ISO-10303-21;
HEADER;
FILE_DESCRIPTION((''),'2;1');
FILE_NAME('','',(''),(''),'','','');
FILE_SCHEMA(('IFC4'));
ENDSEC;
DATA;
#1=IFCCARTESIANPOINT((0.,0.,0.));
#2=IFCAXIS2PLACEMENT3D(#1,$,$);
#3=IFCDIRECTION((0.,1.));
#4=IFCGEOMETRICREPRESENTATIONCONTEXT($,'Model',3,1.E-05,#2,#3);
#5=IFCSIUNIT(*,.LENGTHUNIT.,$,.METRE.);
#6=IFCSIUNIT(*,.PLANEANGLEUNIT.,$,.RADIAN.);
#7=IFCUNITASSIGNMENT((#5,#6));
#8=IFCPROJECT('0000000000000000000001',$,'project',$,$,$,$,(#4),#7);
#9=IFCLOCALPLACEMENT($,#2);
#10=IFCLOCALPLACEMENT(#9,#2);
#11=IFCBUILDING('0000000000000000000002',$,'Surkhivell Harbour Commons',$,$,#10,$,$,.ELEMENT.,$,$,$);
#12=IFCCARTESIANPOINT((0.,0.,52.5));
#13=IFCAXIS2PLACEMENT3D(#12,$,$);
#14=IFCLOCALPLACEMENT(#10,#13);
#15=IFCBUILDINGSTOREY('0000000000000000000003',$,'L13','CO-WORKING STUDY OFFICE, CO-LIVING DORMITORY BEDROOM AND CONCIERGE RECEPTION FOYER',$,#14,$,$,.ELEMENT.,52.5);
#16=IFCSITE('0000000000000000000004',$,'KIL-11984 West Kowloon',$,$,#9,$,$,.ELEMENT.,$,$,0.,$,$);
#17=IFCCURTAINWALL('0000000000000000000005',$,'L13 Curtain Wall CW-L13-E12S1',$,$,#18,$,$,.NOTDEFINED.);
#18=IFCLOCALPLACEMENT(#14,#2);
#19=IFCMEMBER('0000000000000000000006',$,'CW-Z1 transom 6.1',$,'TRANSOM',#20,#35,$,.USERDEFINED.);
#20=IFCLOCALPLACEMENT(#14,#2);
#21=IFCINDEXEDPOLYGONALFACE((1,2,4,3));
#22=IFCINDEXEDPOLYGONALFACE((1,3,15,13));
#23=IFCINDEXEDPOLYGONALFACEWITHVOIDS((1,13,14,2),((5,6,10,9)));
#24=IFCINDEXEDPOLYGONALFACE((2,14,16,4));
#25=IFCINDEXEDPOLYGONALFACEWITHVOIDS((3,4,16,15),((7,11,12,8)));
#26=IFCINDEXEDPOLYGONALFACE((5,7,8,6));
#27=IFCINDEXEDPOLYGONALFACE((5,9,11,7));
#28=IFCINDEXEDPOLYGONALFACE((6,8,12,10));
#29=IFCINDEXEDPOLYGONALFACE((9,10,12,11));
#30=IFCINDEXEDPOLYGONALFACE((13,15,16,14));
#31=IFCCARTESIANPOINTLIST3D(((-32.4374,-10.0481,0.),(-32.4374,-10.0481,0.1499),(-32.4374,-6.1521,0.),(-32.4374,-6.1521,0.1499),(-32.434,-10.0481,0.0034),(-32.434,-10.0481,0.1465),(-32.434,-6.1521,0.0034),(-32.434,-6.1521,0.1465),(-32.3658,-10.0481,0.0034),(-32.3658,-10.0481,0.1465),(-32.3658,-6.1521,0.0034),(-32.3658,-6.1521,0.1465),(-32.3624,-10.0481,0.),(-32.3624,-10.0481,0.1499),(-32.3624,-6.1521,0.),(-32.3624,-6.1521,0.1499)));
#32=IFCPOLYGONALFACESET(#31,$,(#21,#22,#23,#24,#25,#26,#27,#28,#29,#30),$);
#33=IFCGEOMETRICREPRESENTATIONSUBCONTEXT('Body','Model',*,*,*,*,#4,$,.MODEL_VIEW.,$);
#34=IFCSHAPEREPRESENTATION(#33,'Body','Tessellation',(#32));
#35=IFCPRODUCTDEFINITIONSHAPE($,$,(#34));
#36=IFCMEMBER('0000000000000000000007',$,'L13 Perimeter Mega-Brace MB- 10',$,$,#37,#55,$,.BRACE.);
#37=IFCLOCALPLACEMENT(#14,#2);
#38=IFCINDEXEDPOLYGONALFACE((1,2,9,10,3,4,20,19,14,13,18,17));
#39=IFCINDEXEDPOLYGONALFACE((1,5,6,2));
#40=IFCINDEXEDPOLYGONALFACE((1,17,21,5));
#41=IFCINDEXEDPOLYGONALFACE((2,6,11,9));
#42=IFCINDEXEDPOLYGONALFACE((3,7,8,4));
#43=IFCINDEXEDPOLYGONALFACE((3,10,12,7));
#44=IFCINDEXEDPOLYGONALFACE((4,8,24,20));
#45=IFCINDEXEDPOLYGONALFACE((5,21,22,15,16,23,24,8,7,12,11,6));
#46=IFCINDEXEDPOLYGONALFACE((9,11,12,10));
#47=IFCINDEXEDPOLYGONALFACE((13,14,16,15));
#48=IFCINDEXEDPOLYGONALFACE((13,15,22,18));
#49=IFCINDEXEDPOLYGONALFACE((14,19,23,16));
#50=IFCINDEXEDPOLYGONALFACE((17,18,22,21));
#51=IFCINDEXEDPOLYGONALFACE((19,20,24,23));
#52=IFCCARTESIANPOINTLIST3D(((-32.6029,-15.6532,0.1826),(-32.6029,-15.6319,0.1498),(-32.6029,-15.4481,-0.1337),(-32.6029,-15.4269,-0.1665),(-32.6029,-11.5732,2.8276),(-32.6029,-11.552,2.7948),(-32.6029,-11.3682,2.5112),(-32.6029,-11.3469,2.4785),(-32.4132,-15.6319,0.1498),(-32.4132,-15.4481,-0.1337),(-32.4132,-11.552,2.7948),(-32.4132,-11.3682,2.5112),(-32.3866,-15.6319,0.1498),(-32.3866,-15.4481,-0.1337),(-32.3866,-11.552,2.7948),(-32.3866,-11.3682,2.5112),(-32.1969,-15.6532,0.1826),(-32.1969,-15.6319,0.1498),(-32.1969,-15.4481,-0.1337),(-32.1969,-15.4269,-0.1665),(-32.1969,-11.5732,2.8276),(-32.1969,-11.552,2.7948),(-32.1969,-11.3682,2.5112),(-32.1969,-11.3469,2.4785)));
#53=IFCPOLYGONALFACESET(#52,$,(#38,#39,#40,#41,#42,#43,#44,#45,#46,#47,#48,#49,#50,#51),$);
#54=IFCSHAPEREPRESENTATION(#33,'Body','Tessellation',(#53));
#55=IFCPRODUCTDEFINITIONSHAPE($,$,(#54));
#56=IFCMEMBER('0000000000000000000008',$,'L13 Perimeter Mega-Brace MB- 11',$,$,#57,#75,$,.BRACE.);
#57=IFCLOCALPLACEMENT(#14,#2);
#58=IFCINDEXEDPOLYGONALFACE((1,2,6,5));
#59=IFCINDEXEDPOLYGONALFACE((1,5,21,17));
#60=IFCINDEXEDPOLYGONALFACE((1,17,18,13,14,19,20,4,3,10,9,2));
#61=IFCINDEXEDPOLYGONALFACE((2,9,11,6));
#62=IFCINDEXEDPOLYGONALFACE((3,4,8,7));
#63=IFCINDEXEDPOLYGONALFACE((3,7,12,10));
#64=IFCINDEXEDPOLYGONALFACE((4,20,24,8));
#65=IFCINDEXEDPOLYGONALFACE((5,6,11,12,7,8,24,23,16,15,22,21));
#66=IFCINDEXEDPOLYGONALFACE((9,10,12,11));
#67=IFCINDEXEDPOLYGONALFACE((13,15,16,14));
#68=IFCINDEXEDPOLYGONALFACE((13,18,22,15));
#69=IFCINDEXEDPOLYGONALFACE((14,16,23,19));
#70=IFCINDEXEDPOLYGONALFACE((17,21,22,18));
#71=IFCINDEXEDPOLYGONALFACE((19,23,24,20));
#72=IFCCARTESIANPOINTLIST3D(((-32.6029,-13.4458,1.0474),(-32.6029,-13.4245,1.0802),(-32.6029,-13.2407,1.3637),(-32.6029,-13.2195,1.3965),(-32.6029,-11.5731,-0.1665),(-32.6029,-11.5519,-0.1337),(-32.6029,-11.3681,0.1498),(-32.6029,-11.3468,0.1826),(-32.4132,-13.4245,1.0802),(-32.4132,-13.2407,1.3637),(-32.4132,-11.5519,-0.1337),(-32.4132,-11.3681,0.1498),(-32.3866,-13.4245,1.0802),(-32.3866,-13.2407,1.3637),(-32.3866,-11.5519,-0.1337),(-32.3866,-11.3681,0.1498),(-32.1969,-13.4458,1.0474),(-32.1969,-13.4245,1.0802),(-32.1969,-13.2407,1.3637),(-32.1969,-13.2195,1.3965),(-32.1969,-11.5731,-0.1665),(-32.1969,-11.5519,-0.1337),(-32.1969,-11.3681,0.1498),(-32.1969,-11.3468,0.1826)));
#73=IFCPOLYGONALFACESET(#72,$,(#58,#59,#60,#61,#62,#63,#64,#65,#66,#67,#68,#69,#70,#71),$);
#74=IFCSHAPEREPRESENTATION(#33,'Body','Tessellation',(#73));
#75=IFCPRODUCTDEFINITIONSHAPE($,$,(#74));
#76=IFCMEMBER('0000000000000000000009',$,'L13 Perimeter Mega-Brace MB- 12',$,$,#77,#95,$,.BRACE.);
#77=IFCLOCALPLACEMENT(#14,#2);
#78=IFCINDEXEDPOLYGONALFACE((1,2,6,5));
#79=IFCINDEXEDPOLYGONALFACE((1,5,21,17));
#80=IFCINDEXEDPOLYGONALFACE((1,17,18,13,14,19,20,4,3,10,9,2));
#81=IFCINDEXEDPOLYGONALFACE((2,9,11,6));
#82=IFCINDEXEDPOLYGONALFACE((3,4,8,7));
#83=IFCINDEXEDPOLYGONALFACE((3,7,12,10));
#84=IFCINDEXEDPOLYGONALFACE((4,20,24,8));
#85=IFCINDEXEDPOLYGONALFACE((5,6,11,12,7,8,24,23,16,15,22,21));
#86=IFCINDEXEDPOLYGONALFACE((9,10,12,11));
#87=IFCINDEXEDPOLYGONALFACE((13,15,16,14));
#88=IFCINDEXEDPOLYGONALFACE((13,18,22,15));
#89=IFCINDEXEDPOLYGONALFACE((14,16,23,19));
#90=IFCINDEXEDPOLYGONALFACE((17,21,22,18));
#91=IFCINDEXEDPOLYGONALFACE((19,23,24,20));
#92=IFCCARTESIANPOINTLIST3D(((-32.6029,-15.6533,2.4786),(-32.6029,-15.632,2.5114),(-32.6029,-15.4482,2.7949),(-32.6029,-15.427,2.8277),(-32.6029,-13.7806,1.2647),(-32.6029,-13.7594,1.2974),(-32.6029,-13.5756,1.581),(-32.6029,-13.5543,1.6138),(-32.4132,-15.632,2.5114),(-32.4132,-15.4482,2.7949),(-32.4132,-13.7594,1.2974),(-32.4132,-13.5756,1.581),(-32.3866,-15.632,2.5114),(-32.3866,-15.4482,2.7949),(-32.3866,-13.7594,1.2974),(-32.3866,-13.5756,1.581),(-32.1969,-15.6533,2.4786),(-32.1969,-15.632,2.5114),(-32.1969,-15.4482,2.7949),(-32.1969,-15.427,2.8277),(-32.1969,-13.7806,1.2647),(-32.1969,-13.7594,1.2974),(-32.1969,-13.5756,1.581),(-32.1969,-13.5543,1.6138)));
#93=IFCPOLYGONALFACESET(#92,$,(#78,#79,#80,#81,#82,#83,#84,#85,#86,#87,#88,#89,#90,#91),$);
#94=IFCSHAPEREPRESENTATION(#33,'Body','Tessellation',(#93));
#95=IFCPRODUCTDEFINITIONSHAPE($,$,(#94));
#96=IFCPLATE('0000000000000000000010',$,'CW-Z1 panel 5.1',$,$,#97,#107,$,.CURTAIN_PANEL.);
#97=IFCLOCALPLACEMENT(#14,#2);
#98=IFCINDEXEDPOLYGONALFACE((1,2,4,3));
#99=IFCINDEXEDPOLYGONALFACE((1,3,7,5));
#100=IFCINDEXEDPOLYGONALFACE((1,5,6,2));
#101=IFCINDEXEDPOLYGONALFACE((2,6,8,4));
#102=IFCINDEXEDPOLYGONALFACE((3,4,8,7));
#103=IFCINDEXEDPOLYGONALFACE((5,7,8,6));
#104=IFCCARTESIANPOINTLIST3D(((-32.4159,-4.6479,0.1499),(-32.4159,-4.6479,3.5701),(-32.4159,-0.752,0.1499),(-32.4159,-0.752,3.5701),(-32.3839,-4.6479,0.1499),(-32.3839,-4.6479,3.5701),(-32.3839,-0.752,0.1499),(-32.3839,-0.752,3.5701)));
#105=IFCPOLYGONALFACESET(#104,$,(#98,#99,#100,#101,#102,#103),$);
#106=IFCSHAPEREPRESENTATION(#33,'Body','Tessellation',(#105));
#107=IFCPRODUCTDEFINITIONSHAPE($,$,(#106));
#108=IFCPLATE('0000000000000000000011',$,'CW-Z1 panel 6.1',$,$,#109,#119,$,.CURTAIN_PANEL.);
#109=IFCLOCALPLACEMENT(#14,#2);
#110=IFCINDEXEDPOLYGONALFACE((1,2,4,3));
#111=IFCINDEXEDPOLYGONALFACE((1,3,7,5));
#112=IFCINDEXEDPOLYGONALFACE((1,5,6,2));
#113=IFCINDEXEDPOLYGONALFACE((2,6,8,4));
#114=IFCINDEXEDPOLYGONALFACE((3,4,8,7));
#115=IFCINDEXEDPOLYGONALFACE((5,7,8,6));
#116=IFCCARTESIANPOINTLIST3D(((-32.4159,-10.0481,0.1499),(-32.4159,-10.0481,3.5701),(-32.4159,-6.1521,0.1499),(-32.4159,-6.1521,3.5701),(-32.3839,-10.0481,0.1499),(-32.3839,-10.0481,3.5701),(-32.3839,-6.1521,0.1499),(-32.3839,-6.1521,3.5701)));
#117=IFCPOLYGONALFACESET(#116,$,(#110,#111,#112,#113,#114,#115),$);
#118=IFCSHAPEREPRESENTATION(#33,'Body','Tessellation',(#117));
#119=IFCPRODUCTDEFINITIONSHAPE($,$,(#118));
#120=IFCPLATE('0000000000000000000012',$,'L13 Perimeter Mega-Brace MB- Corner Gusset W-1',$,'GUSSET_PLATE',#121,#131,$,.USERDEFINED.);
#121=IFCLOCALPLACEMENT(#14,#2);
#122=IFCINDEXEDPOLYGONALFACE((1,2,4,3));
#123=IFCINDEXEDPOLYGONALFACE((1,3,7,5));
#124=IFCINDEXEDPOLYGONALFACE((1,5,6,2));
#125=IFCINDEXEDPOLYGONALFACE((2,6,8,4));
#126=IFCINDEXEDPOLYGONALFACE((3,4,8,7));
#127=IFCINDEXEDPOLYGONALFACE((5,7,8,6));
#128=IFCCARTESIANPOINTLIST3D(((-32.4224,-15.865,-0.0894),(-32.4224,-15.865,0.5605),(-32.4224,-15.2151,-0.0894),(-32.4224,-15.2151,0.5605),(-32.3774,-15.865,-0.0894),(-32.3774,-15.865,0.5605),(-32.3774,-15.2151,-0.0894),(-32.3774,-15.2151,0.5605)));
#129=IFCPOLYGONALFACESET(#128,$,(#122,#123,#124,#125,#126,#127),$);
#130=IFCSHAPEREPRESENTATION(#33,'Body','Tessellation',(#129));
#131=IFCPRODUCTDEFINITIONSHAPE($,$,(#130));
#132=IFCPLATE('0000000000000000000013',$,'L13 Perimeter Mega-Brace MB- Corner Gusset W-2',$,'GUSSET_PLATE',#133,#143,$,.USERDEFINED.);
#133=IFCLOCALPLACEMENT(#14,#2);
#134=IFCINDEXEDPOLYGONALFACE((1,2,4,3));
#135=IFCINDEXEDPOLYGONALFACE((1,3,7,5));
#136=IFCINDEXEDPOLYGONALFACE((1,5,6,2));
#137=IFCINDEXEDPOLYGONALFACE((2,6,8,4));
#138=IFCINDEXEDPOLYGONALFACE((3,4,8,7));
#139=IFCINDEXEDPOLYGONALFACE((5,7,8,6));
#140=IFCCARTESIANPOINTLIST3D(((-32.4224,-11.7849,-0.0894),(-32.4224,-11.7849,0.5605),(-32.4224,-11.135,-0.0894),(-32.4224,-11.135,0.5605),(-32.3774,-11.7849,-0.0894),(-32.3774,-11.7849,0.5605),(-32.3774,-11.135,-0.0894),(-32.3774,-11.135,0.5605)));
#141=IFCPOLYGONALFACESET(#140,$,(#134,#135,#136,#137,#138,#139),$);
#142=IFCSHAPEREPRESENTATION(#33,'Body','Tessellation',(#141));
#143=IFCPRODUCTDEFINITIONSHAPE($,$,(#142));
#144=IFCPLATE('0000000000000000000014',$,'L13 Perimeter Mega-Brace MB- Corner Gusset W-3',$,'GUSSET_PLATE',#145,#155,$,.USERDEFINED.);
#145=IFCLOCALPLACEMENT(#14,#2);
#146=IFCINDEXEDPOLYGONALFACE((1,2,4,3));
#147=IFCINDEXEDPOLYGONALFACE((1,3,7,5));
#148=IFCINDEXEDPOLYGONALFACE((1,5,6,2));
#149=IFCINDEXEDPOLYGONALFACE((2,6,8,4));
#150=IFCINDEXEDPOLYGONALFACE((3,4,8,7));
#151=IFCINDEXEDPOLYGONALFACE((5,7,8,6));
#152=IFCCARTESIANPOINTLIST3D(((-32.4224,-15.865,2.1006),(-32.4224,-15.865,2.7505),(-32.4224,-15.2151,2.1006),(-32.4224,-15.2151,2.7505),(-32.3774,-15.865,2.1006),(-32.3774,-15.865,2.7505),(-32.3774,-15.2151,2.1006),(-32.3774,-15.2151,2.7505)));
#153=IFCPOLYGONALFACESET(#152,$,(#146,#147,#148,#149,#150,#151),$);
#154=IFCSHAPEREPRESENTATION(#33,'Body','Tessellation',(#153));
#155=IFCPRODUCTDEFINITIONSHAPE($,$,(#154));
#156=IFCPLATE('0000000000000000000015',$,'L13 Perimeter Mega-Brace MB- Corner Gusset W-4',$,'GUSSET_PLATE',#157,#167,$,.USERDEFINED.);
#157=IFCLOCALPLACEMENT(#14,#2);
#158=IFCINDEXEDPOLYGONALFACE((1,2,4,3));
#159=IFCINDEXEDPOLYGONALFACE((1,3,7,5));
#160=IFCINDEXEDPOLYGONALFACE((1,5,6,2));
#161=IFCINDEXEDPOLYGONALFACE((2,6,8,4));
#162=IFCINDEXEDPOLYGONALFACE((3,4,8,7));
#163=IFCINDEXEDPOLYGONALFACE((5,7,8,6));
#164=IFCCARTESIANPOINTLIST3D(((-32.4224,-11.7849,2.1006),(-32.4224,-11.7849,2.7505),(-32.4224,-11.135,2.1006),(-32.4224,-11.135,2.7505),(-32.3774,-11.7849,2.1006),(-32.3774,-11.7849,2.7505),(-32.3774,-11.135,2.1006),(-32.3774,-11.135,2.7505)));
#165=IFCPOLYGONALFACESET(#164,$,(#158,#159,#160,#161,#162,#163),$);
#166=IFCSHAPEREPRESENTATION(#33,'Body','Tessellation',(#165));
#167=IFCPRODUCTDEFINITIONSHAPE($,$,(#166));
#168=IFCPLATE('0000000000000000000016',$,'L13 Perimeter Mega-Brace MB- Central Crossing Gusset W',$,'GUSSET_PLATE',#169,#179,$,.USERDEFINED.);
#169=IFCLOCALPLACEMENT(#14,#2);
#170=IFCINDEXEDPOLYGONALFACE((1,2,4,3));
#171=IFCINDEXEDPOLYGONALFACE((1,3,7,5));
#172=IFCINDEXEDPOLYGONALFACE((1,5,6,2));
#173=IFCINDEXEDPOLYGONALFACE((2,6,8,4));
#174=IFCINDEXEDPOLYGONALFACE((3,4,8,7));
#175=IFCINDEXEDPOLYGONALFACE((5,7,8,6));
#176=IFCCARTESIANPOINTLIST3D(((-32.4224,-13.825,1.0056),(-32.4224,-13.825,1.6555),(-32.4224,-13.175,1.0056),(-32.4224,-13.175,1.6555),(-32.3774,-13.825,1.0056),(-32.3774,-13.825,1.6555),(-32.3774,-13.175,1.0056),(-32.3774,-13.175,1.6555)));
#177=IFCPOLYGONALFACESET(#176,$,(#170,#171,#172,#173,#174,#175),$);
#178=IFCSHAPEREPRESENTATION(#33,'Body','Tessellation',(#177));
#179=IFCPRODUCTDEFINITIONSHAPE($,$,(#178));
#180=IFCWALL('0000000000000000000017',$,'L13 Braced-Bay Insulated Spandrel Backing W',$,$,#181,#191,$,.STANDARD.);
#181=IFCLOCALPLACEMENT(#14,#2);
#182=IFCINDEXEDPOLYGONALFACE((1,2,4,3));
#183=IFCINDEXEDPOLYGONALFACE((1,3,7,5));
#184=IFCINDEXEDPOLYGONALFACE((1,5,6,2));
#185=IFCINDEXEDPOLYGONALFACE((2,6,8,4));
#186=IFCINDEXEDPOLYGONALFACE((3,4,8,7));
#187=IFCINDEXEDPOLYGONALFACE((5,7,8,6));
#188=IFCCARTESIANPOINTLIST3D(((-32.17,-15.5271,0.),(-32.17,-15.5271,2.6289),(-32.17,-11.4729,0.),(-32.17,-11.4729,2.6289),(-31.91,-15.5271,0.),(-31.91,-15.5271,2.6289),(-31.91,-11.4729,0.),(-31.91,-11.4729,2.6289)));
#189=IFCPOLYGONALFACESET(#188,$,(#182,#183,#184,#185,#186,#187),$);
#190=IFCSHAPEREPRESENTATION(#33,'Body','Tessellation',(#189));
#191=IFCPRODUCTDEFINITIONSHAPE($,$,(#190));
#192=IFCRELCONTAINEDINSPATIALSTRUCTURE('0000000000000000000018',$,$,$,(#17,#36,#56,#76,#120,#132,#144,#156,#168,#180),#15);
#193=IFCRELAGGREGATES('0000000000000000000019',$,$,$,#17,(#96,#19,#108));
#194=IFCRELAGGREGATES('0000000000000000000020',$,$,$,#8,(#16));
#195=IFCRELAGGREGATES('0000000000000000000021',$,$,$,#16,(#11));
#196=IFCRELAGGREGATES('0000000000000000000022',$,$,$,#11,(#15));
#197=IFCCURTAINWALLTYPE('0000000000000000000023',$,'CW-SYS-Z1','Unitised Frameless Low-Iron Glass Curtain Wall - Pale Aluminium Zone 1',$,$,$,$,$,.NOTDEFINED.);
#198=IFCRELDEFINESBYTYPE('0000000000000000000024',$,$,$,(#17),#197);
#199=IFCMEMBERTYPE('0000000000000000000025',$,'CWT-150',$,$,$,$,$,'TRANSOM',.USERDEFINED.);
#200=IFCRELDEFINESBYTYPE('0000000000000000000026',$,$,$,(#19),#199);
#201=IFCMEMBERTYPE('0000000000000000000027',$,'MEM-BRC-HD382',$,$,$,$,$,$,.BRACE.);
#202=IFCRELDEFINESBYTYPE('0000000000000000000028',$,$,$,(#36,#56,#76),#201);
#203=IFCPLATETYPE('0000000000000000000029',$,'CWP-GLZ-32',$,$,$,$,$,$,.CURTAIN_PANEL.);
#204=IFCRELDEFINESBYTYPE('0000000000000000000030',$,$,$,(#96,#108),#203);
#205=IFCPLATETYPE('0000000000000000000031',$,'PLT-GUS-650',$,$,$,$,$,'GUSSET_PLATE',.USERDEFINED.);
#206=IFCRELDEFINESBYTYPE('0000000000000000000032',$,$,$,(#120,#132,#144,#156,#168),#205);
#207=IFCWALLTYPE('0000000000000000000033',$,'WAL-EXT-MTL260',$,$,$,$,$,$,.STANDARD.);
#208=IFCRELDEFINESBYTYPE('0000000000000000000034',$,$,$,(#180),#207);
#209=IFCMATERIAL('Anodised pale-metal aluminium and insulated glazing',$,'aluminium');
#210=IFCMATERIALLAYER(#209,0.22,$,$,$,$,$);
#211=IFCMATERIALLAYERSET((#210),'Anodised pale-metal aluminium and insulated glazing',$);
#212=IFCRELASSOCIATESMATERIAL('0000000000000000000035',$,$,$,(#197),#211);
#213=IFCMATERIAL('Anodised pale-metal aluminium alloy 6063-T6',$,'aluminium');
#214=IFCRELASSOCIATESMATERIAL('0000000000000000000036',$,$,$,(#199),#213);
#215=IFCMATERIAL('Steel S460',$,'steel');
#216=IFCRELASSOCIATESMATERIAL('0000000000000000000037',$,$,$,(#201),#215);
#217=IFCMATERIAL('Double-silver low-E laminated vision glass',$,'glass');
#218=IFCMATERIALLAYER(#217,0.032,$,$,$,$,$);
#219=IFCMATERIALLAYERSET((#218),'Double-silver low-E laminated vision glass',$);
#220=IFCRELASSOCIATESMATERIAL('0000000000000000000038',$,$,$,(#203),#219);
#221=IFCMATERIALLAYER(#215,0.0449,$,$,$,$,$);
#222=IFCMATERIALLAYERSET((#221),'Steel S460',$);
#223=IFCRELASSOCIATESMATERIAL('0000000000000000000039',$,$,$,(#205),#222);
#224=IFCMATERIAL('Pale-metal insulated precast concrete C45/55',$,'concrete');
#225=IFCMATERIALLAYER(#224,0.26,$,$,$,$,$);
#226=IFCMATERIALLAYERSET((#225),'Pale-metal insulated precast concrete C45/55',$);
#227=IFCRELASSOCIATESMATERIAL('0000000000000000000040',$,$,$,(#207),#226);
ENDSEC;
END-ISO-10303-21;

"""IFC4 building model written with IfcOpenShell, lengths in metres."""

from ifc_helpers import new_model, si_unit, direction, frame, frame_2d, origin, origin_2d, place, context, subcontext, project, spatial, rectangle, hollow_rectangle, i_section, extrude, material, layer, layer_set, material_profile, profile_set, type_object, element, aggregate, save


model = new_model("IFC4")

# Units and contexts
model_context = context("Model", 3, precision=1e-05, world=origin(), true_north=direction((0.0, 1.0)))
body_context = subcontext(model_context, "Body", "Model", "MODEL_VIEW")
ifc_project = project(units=[si_unit("LENGTHUNIT", "METRE"), si_unit("PLANEANGLEUNIT", "RADIAN")], contexts=[model_context])

# Site, building, storey
site_placement = place(None, origin())
site = spatial("IfcSite", under=ifc_project, at=site_placement, Name="KIL-11984 West Kowloon", CompositionType="ELEMENT", RefElevation=0.0)
building_placement = place(site_placement, origin())
building = spatial("IfcBuilding", under=site, at=building_placement, Name="Surkhivell Harbour Commons", CompositionType="ELEMENT")
storey_placement = place(building_placement, frame((0.0, 0.0, 52.5)))
storey = spatial("IfcBuildingStorey", under=building, at=storey_placement, Name="L13", Description="CO-WORKING STUDY OFFICE, CO-LIVING DORMITORY BEDROOM AND CONCIERGE RECEPTION FOYER", CompositionType="ELEMENT", Elevation=52.5)

# Shared definitions
ifc_material_1 = material(Name="Steel S460", Category="steel")

# Curtain wall, member
ifc_material_2 = material(Name="Anodised pale-metal aluminium and insulated glazing", Category="aluminium")
ifc_layer_1 = layer(ifc_material_2, 0.22)
ifc_layer_set_1 = layer_set([ifc_layer_1], Name="Anodised pale-metal aluminium and insulated glazing")
curtain_wall_type = type_object("IfcCurtainWallType", Name="CW-SYS-Z1", Description="Unitised Frameless Low-Iron Glass Curtain Wall - Pale Aluminium Zone 1", PredefinedType="NOTDEFINED", material=ifc_layer_set_1)
curtain_wall_placement = place(storey_placement, origin())
curtain_wall = element("IfcCurtainWall", 1, at=curtain_wall_placement, inside=storey, type_object=curtain_wall_type, Name="L13 Curtain Wall CW-L13-E12S1", PredefinedType="NOTDEFINED")
ifc_material_3 = material(Name="Anodised pale-metal aluminium alloy 6063-T6", Category="aluminium")
ifc_material_profile_1 = material_profile(ifc_material_3, hollow_rectangle(XDim=0.075, YDim=0.1499, WallThickness=0.0034, at=origin_2d()), Name="ALU-TRAN-75x150")
ifc_profile_set_1 = profile_set([ifc_material_profile_1], Name="Anodised pale-metal aluminium alloy 6063-T6")
member_type_1 = type_object("IfcMemberType", Name="CWT-150", ElementType="TRANSOM", PredefinedType="USERDEFINED", material=ifc_profile_set_1)
member_1_placement = place(storey_placement, frame((-32.3999, -6.1521, 0.075), z_axis=(0.0, -1.0, 0.0), x_axis=(1.0, 0.0, 0.0)))
member_1 = element("IfcMember", 2, at=member_1_placement, type_object=member_type_1, Name="CW-Z1 transom 6.1", ObjectType="TRANSOM", PredefinedType="USERDEFINED", context=body_context, shape_type="SweptSolid", body=[
    extrude(hollow_rectangle(XDim=0.075, YDim=0.1499, WallThickness=0.0034, at=origin_2d()), origin(), (0.0, 0.0, 1.0), 3.896),
])

# Members
ifc_material_profile_2 = material_profile(ifc_material_1, i_section(OverallWidth=0.406, OverallDepth=0.416, WebThickness=0.0266, FlangeThickness=0.0391, at=origin_2d()), Name="HD400x382")
ifc_profile_set_2 = profile_set([ifc_material_profile_2], Name="Steel S460")
member_type_2 = type_object("IfcMemberType", Name="MEM-BRC-HD382", PredefinedType="BRACE", material=ifc_profile_set_2)
member_2_placement = place(storey_placement, frame((-32.3999, -15.54, 0.0081), z_axis=(0.0, 0.839104, 0.543971), x_axis=(-1.0, 0.0, 0.0)))
element("IfcMember", 3, at=member_2_placement, inside=storey, type_object=member_type_2, Name="L13 Perimeter Mega-Brace MB- 10", PredefinedType="BRACE", context=body_context, shape_type="SweptSolid", body=[
    extrude(i_section(OverallWidth=0.406, OverallDepth=0.416, WebThickness=0.0266, FlangeThickness=0.0391, at=origin_2d()), origin(), (0.0, 0.0, 1.0), 4.8623),
])
for number, where, z_axis, x_axis, name in (
    (4, (-32.3999, -11.46, 0.0081), (0.0, -0.839118, 0.54395), (1.0, 0.0, 0.0), "L13 Perimeter Mega-Brace MB- 11"),
    (5, (-32.3999, -13.6675, 1.4392), (0.0, -0.839118, 0.54395), (1.0, 0.0, 0.0), "L13 Perimeter Mega-Brace MB- 12"),
):
    element("IfcMember", number, at=place(storey_placement, frame(where, z_axis=z_axis, x_axis=x_axis)), inside=storey, type_object=member_type_2, Name=name, PredefinedType="BRACE", context=body_context, shape_type="SweptSolid", body=[
        extrude(i_section(OverallWidth=0.406, OverallDepth=0.416, WebThickness=0.0266, FlangeThickness=0.0391, at=origin_2d()), origin(), (0.0, 0.0, 1.0), 2.2317),
    ])

# Plates
ifc_material_4 = material(Name="Double-silver low-E laminated vision glass", Category="glass")
ifc_layer_2 = layer(ifc_material_4, 0.032)
ifc_layer_set_2 = layer_set([ifc_layer_2], Name="Double-silver low-E laminated vision glass")
plate_type_1 = type_object("IfcPlateType", Name="CWP-GLZ-32", PredefinedType="CURTAIN_PANEL", material=ifc_layer_set_2)
plate_1_placement = place(storey_placement, frame((-32.3999, -0.752, 0.1499), z_axis=(0.0, 0.0, 1.0), x_axis=(0.0, -1.0, 0.0)))
plate_1 = element("IfcPlate", 6, at=plate_1_placement, type_object=plate_type_1, Name="CW-Z1 panel 5.1", PredefinedType="CURTAIN_PANEL", context=body_context, shape_type="SweptSolid", body=[
    extrude(rectangle(XDim=3.896, YDim=0.032, at=frame_2d((1.948, 0.0))), origin(), (0.0, 0.0, 1.0), 3.4202),
])
plate_2_placement = place(storey_placement, frame((-32.3999, -6.1521, 0.1499), z_axis=(0.0, 0.0, 1.0), x_axis=(0.0, -1.0, 0.0)))
plate_2 = element("IfcPlate", 7, at=plate_2_placement, type_object=plate_type_1, Name="CW-Z1 panel 6.1", PredefinedType="CURTAIN_PANEL", context=body_context, shape_type="SweptSolid", body=[
    extrude(rectangle(XDim=3.896, YDim=0.032, at=frame_2d((1.948, 0.0))), origin(), (0.0, 0.0, 1.0), 3.4202),
])
aggregate(curtain_wall, [plate_1, member_1, plate_2])

# Plates
ifc_layer_3 = layer(ifc_material_1, 0.0449)
ifc_layer_set_3 = layer_set([ifc_layer_3], Name="Steel S460")
plate_type_2 = type_object("IfcPlateType", Name="PLT-GUS-650", ElementType="GUSSET_PLATE", PredefinedType="USERDEFINED", material=ifc_layer_set_3)
for number, where, z_axis, x_axis, name in (
    (8, (-32.3999, -15.54, -0.0894), (0.0, 0.0, 1.0), (0.0, 1.0, 0.0), "L13 Perimeter Mega-Brace MB- Corner Gusset W-1"),
    (9, (-32.3999, -11.46, -0.0894), (0.0, 0.0, 1.0), (0.0, 1.0, 0.0), "L13 Perimeter Mega-Brace MB- Corner Gusset W-2"),
    (10, (-32.3999, -15.54, 2.1006), (0.0, 0.0, 1.0), (0.0, 1.0, 0.0), "L13 Perimeter Mega-Brace MB- Corner Gusset W-3"),
    (11, (-32.3999, -11.46, 2.1006), (0.0, 0.0, 1.0), (0.0, 1.0, 0.0), "L13 Perimeter Mega-Brace MB- Corner Gusset W-4"),
    (12, (-32.3999, -13.5, 1.0056), (0.0, 0.0, 1.0), (0.0, 1.0, 0.0), "L13 Perimeter Mega-Brace MB- Central Crossing Gusset W"),
):
    element("IfcPlate", number, at=place(storey_placement, frame(where, z_axis=z_axis, x_axis=x_axis)), inside=storey, type_object=plate_type_2, Name=name, ObjectType="GUSSET_PLATE", PredefinedType="USERDEFINED", context=body_context, shape_type="SweptSolid", body=[
        extrude(rectangle(XDim=0.6499, YDim=0.0449, at=origin_2d()), origin(), (0.0, 0.0, 1.0), 0.6499),
    ])

# Wall
ifc_material_5 = material(Name="Pale-metal insulated precast concrete C45/55", Category="concrete")
ifc_layer_4 = layer(ifc_material_5, 0.26)
ifc_layer_set_4 = layer_set([ifc_layer_4], Name="Pale-metal insulated precast concrete C45/55")
wall_type_1 = type_object("IfcWallType", Name="WAL-EXT-MTL260", PredefinedType="STANDARD", material=ifc_layer_set_4)
wall_placement = place(storey_placement, frame((-32.04, -11.4729, 0.0), z_axis=(0.0, 0.0, 1.0), x_axis=(0.0, -1.0, 0.0)))
element("IfcWall", 13, at=wall_placement, inside=storey, type_object=wall_type_1, Name="L13 Braced-Bay Insulated Spandrel Backing W", PredefinedType="STANDARD", context=body_context, shape_type="SweptSolid", body=[
    extrude(rectangle(XDim=4.0542, YDim=0.26, at=frame_2d((2.0271, 0.0))), origin(), (0.0, 0.0, 1.0), 2.6289),
])

save(model, "model.ifc")
